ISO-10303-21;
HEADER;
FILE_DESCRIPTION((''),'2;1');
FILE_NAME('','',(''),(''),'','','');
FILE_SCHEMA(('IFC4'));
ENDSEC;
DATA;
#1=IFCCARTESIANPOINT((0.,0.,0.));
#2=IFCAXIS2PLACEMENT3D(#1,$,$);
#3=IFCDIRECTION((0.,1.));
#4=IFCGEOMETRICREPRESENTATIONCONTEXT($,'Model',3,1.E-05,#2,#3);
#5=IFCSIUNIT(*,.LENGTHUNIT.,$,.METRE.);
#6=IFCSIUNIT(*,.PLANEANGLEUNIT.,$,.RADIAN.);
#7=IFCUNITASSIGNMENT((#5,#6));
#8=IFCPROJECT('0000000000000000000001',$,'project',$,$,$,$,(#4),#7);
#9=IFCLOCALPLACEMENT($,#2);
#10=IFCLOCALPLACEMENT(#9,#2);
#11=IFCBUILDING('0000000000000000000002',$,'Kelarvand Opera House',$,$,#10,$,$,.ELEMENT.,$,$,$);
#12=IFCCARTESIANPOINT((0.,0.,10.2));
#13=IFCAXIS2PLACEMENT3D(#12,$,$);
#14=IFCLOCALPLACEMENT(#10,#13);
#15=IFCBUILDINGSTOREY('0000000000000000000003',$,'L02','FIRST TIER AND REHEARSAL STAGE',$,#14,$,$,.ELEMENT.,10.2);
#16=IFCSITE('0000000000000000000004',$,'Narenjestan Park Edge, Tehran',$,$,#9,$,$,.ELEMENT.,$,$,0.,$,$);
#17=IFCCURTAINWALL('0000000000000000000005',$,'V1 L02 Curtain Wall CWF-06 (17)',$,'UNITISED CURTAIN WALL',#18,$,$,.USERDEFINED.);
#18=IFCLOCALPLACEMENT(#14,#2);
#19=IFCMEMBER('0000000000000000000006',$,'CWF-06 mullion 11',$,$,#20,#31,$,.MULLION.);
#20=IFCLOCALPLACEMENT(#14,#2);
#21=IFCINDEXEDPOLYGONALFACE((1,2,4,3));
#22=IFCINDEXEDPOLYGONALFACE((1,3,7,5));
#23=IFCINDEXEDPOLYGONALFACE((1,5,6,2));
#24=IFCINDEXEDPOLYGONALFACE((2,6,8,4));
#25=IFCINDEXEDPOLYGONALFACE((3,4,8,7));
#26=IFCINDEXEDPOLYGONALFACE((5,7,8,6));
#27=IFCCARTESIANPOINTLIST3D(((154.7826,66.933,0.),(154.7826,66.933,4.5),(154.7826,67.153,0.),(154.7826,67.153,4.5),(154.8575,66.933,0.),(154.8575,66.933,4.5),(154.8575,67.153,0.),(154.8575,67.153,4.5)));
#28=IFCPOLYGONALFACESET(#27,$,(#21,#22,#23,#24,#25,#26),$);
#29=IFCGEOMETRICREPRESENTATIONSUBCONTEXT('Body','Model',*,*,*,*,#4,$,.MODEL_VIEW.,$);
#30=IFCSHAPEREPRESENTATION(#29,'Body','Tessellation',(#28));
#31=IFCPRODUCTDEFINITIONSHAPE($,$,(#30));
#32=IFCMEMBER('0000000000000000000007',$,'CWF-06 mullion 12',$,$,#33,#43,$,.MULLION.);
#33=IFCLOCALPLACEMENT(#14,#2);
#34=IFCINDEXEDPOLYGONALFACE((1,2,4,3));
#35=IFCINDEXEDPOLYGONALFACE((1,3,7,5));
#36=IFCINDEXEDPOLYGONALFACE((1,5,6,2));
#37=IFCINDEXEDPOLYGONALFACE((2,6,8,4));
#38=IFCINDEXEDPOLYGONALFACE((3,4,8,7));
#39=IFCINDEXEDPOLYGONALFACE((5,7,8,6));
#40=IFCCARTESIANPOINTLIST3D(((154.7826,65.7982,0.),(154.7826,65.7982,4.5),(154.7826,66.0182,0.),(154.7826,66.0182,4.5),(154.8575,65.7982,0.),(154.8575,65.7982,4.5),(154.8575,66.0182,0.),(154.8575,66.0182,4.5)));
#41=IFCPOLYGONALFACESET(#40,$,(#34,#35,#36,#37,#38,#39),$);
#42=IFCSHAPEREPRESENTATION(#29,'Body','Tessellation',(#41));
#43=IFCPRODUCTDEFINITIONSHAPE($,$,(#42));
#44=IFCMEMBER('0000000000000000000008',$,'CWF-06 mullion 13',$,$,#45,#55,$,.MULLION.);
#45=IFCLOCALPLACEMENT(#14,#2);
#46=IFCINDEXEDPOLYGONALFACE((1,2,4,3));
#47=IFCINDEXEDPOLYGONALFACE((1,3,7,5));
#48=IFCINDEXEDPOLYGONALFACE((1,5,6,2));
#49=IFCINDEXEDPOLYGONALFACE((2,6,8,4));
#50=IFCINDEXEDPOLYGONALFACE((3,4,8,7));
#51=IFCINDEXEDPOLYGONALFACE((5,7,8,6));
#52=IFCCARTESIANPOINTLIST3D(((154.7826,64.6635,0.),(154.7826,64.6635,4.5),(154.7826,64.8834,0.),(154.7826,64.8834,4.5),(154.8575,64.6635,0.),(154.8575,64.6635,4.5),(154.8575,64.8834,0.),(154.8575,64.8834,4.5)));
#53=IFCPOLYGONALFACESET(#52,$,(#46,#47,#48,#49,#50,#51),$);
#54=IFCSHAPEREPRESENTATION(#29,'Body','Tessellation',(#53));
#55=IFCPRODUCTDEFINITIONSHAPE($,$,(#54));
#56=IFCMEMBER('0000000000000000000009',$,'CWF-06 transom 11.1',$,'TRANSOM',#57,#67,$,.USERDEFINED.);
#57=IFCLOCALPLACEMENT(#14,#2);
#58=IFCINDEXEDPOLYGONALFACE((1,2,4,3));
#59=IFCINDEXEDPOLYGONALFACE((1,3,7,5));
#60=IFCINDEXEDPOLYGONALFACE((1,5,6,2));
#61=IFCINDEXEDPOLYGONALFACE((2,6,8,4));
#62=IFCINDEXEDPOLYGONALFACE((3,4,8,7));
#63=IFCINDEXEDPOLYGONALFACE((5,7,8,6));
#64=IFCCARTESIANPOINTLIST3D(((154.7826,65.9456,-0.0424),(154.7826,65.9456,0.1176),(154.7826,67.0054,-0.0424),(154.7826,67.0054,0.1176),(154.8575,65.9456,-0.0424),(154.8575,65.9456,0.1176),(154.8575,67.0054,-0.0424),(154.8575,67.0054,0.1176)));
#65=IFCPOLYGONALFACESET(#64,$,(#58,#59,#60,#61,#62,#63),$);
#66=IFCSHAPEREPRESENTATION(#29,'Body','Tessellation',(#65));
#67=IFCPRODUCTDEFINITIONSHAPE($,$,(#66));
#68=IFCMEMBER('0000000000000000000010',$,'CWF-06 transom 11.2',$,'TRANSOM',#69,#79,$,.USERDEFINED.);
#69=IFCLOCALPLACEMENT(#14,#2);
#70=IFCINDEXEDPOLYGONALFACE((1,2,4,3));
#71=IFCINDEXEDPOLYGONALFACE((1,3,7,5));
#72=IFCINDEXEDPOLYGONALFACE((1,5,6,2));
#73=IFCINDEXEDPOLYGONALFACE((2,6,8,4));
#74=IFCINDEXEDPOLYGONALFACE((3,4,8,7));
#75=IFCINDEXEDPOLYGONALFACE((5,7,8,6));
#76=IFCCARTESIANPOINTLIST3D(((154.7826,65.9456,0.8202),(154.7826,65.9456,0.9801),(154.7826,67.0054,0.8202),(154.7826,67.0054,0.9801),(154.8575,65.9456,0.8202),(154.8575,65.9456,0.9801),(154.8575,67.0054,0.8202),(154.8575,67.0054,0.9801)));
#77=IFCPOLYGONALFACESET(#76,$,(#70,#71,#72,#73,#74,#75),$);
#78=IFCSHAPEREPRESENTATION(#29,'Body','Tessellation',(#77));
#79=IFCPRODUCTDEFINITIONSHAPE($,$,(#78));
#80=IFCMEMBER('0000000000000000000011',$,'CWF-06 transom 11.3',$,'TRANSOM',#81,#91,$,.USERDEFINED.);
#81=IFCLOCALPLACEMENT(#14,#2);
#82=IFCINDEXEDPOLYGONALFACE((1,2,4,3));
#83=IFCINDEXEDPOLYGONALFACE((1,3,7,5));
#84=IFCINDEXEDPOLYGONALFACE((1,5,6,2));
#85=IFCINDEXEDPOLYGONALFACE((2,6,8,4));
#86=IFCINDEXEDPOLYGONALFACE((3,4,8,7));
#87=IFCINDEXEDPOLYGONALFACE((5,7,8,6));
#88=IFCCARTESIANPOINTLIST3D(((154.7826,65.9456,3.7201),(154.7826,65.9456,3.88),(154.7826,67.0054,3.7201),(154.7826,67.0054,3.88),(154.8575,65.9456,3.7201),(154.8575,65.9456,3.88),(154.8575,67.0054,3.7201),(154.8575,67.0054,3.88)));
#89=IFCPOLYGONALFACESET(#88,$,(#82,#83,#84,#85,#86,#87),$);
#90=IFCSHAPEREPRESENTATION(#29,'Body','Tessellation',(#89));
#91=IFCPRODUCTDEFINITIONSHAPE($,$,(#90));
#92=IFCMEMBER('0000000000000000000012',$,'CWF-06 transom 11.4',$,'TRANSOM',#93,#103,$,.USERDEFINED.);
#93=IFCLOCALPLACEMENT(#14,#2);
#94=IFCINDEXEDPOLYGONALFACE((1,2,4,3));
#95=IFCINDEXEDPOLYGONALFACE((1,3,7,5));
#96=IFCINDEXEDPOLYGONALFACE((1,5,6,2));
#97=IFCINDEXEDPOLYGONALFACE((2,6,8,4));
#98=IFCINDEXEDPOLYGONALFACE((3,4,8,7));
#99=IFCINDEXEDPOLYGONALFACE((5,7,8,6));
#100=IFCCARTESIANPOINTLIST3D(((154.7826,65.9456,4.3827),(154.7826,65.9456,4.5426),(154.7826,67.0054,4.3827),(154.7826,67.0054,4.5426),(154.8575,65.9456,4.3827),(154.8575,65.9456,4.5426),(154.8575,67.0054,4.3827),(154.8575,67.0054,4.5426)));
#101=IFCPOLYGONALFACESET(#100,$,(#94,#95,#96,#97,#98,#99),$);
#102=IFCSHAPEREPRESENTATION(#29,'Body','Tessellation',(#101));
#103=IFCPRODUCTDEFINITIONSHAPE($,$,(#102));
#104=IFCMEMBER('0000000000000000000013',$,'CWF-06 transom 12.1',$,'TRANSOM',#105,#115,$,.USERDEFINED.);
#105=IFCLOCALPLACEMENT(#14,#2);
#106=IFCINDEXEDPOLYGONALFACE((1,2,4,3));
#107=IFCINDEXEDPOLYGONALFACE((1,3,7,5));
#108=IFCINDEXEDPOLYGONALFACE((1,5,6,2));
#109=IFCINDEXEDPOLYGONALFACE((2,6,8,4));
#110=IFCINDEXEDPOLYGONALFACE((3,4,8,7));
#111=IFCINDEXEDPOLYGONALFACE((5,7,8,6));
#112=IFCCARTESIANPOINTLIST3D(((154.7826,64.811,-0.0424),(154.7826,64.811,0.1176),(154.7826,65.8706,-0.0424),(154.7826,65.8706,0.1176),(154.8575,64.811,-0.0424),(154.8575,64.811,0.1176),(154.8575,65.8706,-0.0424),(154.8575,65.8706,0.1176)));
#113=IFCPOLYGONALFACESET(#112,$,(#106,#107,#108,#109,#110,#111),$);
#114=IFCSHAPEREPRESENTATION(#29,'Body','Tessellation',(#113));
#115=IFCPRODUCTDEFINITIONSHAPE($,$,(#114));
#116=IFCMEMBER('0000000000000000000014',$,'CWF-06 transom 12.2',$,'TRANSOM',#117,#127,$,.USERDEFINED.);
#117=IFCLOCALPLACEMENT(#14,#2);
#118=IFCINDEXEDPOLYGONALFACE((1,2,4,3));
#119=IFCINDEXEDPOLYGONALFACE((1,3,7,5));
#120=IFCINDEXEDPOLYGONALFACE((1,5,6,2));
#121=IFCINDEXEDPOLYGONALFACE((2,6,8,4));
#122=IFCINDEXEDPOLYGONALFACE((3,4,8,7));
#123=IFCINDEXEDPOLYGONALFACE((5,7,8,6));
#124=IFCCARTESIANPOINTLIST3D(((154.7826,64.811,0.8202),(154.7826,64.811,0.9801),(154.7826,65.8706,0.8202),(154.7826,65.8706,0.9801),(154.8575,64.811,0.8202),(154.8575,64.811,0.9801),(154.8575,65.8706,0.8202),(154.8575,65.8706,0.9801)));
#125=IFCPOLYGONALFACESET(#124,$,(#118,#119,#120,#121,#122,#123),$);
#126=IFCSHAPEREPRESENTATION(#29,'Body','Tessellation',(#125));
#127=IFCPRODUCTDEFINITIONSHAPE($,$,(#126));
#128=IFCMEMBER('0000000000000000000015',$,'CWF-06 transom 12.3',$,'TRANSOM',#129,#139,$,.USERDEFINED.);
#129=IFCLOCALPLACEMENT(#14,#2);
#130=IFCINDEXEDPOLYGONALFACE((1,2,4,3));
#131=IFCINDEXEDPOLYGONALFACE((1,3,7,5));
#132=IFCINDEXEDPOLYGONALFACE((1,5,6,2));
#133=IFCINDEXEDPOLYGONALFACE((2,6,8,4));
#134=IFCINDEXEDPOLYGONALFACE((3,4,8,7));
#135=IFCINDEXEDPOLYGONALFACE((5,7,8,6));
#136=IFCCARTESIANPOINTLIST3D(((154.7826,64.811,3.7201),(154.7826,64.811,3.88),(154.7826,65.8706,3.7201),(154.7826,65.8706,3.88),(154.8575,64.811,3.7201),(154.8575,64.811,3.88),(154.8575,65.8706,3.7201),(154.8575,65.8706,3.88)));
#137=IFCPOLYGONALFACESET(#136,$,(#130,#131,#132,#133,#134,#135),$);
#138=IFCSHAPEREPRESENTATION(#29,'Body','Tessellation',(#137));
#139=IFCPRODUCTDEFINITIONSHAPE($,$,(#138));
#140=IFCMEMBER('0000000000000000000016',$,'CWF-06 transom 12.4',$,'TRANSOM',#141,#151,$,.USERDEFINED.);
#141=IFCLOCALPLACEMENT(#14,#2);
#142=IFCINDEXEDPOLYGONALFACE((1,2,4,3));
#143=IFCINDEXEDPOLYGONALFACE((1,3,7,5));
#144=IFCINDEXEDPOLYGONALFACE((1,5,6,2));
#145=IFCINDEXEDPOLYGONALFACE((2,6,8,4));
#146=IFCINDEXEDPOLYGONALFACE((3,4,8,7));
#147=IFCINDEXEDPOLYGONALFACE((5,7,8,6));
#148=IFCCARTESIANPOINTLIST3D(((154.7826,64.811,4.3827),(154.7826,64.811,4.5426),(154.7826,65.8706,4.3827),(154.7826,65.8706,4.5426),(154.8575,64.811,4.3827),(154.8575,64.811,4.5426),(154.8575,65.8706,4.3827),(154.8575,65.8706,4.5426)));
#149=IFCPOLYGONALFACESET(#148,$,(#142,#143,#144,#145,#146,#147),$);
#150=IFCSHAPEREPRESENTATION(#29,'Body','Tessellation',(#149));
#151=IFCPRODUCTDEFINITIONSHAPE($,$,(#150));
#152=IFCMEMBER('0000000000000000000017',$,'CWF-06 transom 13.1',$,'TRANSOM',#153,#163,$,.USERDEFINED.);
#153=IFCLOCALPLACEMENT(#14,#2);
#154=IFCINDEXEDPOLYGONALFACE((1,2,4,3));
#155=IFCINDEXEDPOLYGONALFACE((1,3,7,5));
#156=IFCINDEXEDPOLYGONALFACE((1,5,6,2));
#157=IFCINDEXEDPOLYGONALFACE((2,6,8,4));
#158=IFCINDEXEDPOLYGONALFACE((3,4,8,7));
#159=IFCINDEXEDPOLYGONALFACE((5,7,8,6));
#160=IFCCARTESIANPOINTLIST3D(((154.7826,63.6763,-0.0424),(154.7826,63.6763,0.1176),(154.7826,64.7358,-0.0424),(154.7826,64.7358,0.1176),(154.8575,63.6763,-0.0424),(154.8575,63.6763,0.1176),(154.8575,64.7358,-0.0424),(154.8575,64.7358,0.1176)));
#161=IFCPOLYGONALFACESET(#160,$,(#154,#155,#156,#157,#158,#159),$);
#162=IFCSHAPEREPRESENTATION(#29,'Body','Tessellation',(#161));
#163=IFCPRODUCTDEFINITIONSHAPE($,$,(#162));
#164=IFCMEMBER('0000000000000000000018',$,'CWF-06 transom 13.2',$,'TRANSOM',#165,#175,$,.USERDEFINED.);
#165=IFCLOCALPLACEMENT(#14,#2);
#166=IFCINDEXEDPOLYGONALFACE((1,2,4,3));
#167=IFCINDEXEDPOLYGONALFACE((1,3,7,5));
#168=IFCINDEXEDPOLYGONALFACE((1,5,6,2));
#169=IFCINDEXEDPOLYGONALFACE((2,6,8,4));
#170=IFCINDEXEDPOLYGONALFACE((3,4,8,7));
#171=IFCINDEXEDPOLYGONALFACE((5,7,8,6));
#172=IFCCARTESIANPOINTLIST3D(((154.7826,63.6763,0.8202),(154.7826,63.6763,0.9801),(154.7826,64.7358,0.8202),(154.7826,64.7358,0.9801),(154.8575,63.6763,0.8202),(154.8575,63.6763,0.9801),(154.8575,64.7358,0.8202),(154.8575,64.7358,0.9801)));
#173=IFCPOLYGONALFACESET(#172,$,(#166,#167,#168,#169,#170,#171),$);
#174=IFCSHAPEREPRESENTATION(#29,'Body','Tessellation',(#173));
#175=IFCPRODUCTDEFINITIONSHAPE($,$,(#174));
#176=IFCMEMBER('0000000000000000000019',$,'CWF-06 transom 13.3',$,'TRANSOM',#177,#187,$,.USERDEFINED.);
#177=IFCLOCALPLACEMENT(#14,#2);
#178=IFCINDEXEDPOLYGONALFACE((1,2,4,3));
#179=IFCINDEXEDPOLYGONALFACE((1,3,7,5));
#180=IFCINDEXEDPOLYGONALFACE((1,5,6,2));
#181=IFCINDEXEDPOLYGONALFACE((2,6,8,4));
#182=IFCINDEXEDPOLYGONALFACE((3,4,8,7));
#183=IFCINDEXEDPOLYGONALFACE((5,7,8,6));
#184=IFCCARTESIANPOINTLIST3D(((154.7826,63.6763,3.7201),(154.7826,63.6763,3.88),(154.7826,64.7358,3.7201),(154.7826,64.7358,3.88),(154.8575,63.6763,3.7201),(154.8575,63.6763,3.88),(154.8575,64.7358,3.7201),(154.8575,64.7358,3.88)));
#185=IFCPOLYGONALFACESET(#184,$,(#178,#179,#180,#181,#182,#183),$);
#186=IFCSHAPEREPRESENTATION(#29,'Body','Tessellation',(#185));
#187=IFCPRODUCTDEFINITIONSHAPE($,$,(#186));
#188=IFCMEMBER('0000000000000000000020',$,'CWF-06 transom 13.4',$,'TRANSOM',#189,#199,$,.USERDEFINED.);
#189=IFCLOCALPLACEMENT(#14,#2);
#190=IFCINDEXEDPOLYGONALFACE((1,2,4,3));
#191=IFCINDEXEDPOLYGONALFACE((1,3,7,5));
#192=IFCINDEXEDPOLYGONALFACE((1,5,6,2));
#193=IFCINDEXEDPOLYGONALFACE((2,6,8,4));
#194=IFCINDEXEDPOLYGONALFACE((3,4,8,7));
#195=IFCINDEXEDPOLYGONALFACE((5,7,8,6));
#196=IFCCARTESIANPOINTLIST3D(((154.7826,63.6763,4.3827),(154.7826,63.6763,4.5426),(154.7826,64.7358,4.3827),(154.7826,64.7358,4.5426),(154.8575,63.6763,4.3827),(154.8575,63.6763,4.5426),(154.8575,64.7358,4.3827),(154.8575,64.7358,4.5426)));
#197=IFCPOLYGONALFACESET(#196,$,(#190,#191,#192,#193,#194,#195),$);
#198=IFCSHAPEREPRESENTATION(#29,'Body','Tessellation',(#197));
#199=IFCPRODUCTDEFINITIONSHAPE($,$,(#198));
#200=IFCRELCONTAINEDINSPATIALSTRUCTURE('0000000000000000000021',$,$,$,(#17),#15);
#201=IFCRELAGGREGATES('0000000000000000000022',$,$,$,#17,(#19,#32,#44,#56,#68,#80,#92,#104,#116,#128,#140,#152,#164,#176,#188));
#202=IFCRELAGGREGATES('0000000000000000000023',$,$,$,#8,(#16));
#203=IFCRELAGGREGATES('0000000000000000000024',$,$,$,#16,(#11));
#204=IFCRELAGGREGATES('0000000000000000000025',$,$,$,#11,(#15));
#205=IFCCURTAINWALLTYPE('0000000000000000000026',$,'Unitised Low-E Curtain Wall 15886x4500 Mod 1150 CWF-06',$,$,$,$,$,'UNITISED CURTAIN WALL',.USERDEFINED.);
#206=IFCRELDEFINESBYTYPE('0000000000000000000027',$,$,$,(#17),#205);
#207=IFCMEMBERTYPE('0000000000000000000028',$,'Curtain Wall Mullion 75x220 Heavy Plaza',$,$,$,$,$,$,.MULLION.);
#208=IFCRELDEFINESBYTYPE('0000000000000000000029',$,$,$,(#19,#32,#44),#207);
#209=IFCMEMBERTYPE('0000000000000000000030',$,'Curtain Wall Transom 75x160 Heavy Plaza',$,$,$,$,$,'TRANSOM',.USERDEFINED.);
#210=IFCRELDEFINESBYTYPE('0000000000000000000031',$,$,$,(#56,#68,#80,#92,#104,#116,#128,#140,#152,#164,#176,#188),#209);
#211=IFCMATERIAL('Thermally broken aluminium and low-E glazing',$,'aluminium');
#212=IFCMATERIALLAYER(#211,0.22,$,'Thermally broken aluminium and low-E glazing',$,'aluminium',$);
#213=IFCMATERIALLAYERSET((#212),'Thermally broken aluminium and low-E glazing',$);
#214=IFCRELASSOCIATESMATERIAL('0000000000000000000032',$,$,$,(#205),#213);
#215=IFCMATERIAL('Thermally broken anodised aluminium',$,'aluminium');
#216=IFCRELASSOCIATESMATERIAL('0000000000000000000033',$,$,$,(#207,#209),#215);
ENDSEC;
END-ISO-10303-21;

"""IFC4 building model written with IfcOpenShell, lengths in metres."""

from ifc_helpers import new_model, si_unit, direction, frame, origin, origin_2d, place, context, subcontext, project, spatial, rectangle, extrude, material, layer, layer_set, material_profile, profile_set, type_object, element, aggregate, save


model = new_model("IFC4")

# Units and contexts
model_context = context("Model", 3, precision=1e-05, world=origin(), true_north=direction((0.0, 1.0)))
body_context = subcontext(model_context, "Body", "Model", "MODEL_VIEW")
ifc_project = project(units=[si_unit("LENGTHUNIT", "METRE"), si_unit("PLANEANGLEUNIT", "RADIAN")], contexts=[model_context])

# Site, building, storey
site_placement = place(None, origin())
site = spatial("IfcSite", under=ifc_project, at=site_placement, Name="Narenjestan Park Edge, Tehran", CompositionType="ELEMENT", RefElevation=0.0)
building_placement = place(site_placement, origin())
building = spatial("IfcBuilding", under=site, at=building_placement, Name="Kelarvand Opera House", CompositionType="ELEMENT")
storey_placement = place(building_placement, frame((0.0, 0.0, 10.2)))
storey = spatial("IfcBuildingStorey", under=building, at=storey_placement, Name="L02", Description="FIRST TIER AND REHEARSAL STAGE", CompositionType="ELEMENT", Elevation=10.2)

# Curtain wall, members
ifc_material_1 = material(Name="Thermally broken aluminium and low-E glazing", Category="aluminium")
ifc_layer_1 = layer(ifc_material_1, 0.22, Name="Thermally broken aluminium and low-E glazing", Category="aluminium")
ifc_layer_set_1 = layer_set([ifc_layer_1], Name="Thermally broken aluminium and low-E glazing")
curtain_wall_type = type_object("IfcCurtainWallType", Name="Unitised Low-E Curtain Wall 15886x4500 Mod 1150 CWF-06", ElementType="UNITISED CURTAIN WALL", PredefinedType="USERDEFINED", material=ifc_layer_set_1)
curtain_wall_placement = place(storey_placement, origin())
curtain_wall = element("IfcCurtainWall", 1, at=curtain_wall_placement, inside=storey, type_object=curtain_wall_type, Name="V1 L02 Curtain Wall CWF-06 (17)", ObjectType="UNITISED CURTAIN WALL", PredefinedType="USERDEFINED")
ifc_material_2 = material(Name="Thermally broken anodised aluminium", Category="aluminium")
ifc_material_profile_1 = material_profile(ifc_material_2, rectangle(XDim=0.075, YDim=0.22, at=origin_2d()), Name="ALU MULLION 75x220", Category="aluminium")
ifc_profile_set_1 = profile_set([ifc_material_profile_1], Name="Thermally broken anodised aluminium")
member_type_1 = type_object("IfcMemberType", Name="Curtain Wall Mullion 75x220 Heavy Plaza", PredefinedType="MULLION", material=ifc_profile_set_1)
member_1_placement = place(storey_placement, frame((154.8201, 67.043, 0.0), z_axis=(0.0, 0.0, 1.0), x_axis=(1.0, 0.0, 0.0)))
member_1 = element("IfcMember", 2, at=member_1_placement, type_object=member_type_1, Name="CWF-06 mullion 11", PredefinedType="MULLION", context=body_context, shape_type="SweptSolid", body=[
    extrude(rectangle(XDim=0.075, YDim=0.22, at=origin_2d()), origin(), (0.0, 0.0, 1.0), 4.5),
])
member_2_placement = place(storey_placement, frame((154.8201, 65.9082, 0.0), z_axis=(0.0, 0.0, 1.0), x_axis=(1.0, 0.0, 0.0)))
member_2 = element("IfcMember", 3, at=member_2_placement, type_object=member_type_1, Name="CWF-06 mullion 12", PredefinedType="MULLION", context=body_context, shape_type="SweptSolid", body=[
    extrude(rectangle(XDim=0.075, YDim=0.22, at=origin_2d()), origin(), (0.0, 0.0, 1.0), 4.5),
])
member_3_placement = place(storey_placement, frame((154.8201, 64.7734, 0.0), z_axis=(0.0, 0.0, 1.0), x_axis=(1.0, 0.0, 0.0)))
member_3 = element("IfcMember", 4, at=member_3_placement, type_object=member_type_1, Name="CWF-06 mullion 13", PredefinedType="MULLION", context=body_context, shape_type="SweptSolid", body=[
    extrude(rectangle(XDim=0.075, YDim=0.22, at=origin_2d()), origin(), (0.0, 0.0, 1.0), 4.5),
])
ifc_material_profile_2 = material_profile(ifc_material_2, rectangle(XDim=0.075, YDim=0.1599, at=origin_2d()), Name="ALU TRANSOM 75x160", Category="aluminium")
ifc_profile_set_2 = profile_set([ifc_material_profile_2], Name="Thermally broken anodised aluminium")
member_type_2 = type_object("IfcMemberType", Name="Curtain Wall Transom 75x160 Heavy Plaza", ElementType="TRANSOM", PredefinedType="USERDEFINED", material=ifc_profile_set_2)
member_4_placement = place(storey_placement, frame((154.8201, 67.0054, 0.0376), z_axis=(0.0, -1.0, 0.0), x_axis=(1.0, 0.0, 0.0)))
member_4 = element("IfcMember", 5, at=member_4_placement, type_object=member_type_2, Name="CWF-06 transom 11.1", ObjectType="TRANSOM", PredefinedType="USERDEFINED", context=body_context, shape_type="SweptSolid", body=[
    extrude(rectangle(XDim=0.075, YDim=0.1599, at=origin_2d()), origin(), (0.0, 0.0, 1.0), 1.0598),
])
member_5_placement = place(storey_placement, frame((154.8201, 67.0054, 0.9001), z_axis=(0.0, -1.0, 0.0), x_axis=(1.0, 0.0, 0.0)))
member_5 = element("IfcMember", 6, at=member_5_placement, type_object=member_type_2, Name="CWF-06 transom 11.2", ObjectType="TRANSOM", PredefinedType="USERDEFINED", context=body_context, shape_type="SweptSolid", body=[
    extrude(rectangle(XDim=0.075, YDim=0.1599, at=origin_2d()), origin(), (0.0, 0.0, 1.0), 1.0598),
])
member_6_placement = place(storey_placement, frame((154.8201, 67.0054, 3.8), z_axis=(0.0, -1.0, 0.0), x_axis=(1.0, 0.0, 0.0)))
member_6 = element("IfcMember", 7, at=member_6_placement, type_object=member_type_2, Name="CWF-06 transom 11.3", ObjectType="TRANSOM", PredefinedType="USERDEFINED", context=body_context, shape_type="SweptSolid", body=[
    extrude(rectangle(XDim=0.075, YDim=0.1599, at=origin_2d()), origin(), (0.0, 0.0, 1.0), 1.0598),
])
member_7_placement = place(storey_placement, frame((154.8201, 67.0054, 4.4626), z_axis=(0.0, -1.0, 0.0), x_axis=(1.0, 0.0, 0.0)))
member_7 = element("IfcMember", 8, at=member_7_placement, type_object=member_type_2, Name="CWF-06 transom 11.4", ObjectType="TRANSOM", PredefinedType="USERDEFINED", context=body_context, shape_type="SweptSolid", body=[
    extrude(rectangle(XDim=0.075, YDim=0.1599, at=origin_2d()), origin(), (0.0, 0.0, 1.0), 1.0598),
])
member_8_placement = place(storey_placement, frame((154.8201, 65.8706, 0.0376), z_axis=(0.0, -1.0, 0.0), x_axis=(1.0, 0.0, 0.0)))
member_8 = element("IfcMember", 9, at=member_8_placement, type_object=member_type_2, Name="CWF-06 transom 12.1", ObjectType="TRANSOM", PredefinedType="USERDEFINED", context=body_context, shape_type="SweptSolid", body=[
    extrude(rectangle(XDim=0.075, YDim=0.1599, at=origin_2d()), origin(), (0.0, 0.0, 1.0), 1.0596),
])
member_9_placement = place(storey_placement, frame((154.8201, 65.8706, 0.9001), z_axis=(0.0, -1.0, 0.0), x_axis=(1.0, 0.0, 0.0)))
member_9 = element("IfcMember", 10, at=member_9_placement, type_object=member_type_2, Name="CWF-06 transom 12.2", ObjectType="TRANSOM", PredefinedType="USERDEFINED", context=body_context, shape_type="SweptSolid", body=[
    extrude(rectangle(XDim=0.075, YDim=0.1599, at=origin_2d()), origin(), (0.0, 0.0, 1.0), 1.0596),
])
member_10_placement = place(storey_placement, frame((154.8201, 65.8706, 3.8), z_axis=(0.0, -1.0, 0.0), x_axis=(1.0, 0.0, 0.0)))
member_10 = element("IfcMember", 11, at=member_10_placement, type_object=member_type_2, Name="CWF-06 transom 12.3", ObjectType="TRANSOM", PredefinedType="USERDEFINED", context=body_context, shape_type="SweptSolid", body=[
    extrude(rectangle(XDim=0.075, YDim=0.1599, at=origin_2d()), origin(), (0.0, 0.0, 1.0), 1.0596),
])
member_11_placement = place(storey_placement, frame((154.8201, 65.8706, 4.4626), z_axis=(0.0, -1.0, 0.0), x_axis=(1.0, 0.0, 0.0)))
member_11 = element("IfcMember", 12, at=member_11_placement, type_object=member_type_2, Name="CWF-06 transom 12.4", ObjectType="TRANSOM", PredefinedType="USERDEFINED", context=body_context, shape_type="SweptSolid", body=[
    extrude(rectangle(XDim=0.075, YDim=0.1599, at=origin_2d()), origin(), (0.0, 0.0, 1.0), 1.0596),
])
member_12_placement = place(storey_placement, frame((154.8201, 64.7358, 0.0376), z_axis=(0.0, -1.0, 0.0), x_axis=(1.0, 0.0, 0.0)))
member_12 = element("IfcMember", 13, at=member_12_placement, type_object=member_type_2, Name="CWF-06 transom 13.1", ObjectType="TRANSOM", PredefinedType="USERDEFINED", context=body_context, shape_type="SweptSolid", body=[
    extrude(rectangle(XDim=0.075, YDim=0.1599, at=origin_2d()), origin(), (0.0, 0.0, 1.0), 1.0596),
])
member_13_placement = place(storey_placement, frame((154.8201, 64.7358, 0.9001), z_axis=(0.0, -1.0, 0.0), x_axis=(1.0, 0.0, 0.0)))
member_13 = element("IfcMember", 14, at=member_13_placement, type_object=member_type_2, Name="CWF-06 transom 13.2", ObjectType="TRANSOM", PredefinedType="USERDEFINED", context=body_context, shape_type="SweptSolid", body=[
    extrude(rectangle(XDim=0.075, YDim=0.1599, at=origin_2d()), origin(), (0.0, 0.0, 1.0), 1.0596),
])
member_14_placement = place(storey_placement, frame((154.8201, 64.7358, 3.8), z_axis=(0.0, -1.0, 0.0), x_axis=(1.0, 0.0, 0.0)))
member_14 = element("IfcMember", 15, at=member_14_placement, type_object=member_type_2, Name="CWF-06 transom 13.3", ObjectType="TRANSOM", PredefinedType="USERDEFINED", context=body_context, shape_type="SweptSolid", body=[
    extrude(rectangle(XDim=0.075, YDim=0.1599, at=origin_2d()), origin(), (0.0, 0.0, 1.0), 1.0596),
])
member_15_placement = place(storey_placement, frame((154.8201, 64.7358, 4.4626), z_axis=(0.0, -1.0, 0.0), x_axis=(1.0, 0.0, 0.0)))
member_15 = element("IfcMember", 16, at=member_15_placement, type_object=member_type_2, Name="CWF-06 transom 13.4", ObjectType="TRANSOM", PredefinedType="USERDEFINED", context=body_context, shape_type="SweptSolid", body=[
    extrude(rectangle(XDim=0.075, YDim=0.1599, at=origin_2d()), origin(), (0.0, 0.0, 1.0), 1.0596),
])
aggregate(curtain_wall, [member_1, member_2, member_3, member_4, member_5, member_6, member_7, member_8, member_9, member_10, member_11, member_12, member_13, member_14, member_15])

save(model, "model.ifc")
